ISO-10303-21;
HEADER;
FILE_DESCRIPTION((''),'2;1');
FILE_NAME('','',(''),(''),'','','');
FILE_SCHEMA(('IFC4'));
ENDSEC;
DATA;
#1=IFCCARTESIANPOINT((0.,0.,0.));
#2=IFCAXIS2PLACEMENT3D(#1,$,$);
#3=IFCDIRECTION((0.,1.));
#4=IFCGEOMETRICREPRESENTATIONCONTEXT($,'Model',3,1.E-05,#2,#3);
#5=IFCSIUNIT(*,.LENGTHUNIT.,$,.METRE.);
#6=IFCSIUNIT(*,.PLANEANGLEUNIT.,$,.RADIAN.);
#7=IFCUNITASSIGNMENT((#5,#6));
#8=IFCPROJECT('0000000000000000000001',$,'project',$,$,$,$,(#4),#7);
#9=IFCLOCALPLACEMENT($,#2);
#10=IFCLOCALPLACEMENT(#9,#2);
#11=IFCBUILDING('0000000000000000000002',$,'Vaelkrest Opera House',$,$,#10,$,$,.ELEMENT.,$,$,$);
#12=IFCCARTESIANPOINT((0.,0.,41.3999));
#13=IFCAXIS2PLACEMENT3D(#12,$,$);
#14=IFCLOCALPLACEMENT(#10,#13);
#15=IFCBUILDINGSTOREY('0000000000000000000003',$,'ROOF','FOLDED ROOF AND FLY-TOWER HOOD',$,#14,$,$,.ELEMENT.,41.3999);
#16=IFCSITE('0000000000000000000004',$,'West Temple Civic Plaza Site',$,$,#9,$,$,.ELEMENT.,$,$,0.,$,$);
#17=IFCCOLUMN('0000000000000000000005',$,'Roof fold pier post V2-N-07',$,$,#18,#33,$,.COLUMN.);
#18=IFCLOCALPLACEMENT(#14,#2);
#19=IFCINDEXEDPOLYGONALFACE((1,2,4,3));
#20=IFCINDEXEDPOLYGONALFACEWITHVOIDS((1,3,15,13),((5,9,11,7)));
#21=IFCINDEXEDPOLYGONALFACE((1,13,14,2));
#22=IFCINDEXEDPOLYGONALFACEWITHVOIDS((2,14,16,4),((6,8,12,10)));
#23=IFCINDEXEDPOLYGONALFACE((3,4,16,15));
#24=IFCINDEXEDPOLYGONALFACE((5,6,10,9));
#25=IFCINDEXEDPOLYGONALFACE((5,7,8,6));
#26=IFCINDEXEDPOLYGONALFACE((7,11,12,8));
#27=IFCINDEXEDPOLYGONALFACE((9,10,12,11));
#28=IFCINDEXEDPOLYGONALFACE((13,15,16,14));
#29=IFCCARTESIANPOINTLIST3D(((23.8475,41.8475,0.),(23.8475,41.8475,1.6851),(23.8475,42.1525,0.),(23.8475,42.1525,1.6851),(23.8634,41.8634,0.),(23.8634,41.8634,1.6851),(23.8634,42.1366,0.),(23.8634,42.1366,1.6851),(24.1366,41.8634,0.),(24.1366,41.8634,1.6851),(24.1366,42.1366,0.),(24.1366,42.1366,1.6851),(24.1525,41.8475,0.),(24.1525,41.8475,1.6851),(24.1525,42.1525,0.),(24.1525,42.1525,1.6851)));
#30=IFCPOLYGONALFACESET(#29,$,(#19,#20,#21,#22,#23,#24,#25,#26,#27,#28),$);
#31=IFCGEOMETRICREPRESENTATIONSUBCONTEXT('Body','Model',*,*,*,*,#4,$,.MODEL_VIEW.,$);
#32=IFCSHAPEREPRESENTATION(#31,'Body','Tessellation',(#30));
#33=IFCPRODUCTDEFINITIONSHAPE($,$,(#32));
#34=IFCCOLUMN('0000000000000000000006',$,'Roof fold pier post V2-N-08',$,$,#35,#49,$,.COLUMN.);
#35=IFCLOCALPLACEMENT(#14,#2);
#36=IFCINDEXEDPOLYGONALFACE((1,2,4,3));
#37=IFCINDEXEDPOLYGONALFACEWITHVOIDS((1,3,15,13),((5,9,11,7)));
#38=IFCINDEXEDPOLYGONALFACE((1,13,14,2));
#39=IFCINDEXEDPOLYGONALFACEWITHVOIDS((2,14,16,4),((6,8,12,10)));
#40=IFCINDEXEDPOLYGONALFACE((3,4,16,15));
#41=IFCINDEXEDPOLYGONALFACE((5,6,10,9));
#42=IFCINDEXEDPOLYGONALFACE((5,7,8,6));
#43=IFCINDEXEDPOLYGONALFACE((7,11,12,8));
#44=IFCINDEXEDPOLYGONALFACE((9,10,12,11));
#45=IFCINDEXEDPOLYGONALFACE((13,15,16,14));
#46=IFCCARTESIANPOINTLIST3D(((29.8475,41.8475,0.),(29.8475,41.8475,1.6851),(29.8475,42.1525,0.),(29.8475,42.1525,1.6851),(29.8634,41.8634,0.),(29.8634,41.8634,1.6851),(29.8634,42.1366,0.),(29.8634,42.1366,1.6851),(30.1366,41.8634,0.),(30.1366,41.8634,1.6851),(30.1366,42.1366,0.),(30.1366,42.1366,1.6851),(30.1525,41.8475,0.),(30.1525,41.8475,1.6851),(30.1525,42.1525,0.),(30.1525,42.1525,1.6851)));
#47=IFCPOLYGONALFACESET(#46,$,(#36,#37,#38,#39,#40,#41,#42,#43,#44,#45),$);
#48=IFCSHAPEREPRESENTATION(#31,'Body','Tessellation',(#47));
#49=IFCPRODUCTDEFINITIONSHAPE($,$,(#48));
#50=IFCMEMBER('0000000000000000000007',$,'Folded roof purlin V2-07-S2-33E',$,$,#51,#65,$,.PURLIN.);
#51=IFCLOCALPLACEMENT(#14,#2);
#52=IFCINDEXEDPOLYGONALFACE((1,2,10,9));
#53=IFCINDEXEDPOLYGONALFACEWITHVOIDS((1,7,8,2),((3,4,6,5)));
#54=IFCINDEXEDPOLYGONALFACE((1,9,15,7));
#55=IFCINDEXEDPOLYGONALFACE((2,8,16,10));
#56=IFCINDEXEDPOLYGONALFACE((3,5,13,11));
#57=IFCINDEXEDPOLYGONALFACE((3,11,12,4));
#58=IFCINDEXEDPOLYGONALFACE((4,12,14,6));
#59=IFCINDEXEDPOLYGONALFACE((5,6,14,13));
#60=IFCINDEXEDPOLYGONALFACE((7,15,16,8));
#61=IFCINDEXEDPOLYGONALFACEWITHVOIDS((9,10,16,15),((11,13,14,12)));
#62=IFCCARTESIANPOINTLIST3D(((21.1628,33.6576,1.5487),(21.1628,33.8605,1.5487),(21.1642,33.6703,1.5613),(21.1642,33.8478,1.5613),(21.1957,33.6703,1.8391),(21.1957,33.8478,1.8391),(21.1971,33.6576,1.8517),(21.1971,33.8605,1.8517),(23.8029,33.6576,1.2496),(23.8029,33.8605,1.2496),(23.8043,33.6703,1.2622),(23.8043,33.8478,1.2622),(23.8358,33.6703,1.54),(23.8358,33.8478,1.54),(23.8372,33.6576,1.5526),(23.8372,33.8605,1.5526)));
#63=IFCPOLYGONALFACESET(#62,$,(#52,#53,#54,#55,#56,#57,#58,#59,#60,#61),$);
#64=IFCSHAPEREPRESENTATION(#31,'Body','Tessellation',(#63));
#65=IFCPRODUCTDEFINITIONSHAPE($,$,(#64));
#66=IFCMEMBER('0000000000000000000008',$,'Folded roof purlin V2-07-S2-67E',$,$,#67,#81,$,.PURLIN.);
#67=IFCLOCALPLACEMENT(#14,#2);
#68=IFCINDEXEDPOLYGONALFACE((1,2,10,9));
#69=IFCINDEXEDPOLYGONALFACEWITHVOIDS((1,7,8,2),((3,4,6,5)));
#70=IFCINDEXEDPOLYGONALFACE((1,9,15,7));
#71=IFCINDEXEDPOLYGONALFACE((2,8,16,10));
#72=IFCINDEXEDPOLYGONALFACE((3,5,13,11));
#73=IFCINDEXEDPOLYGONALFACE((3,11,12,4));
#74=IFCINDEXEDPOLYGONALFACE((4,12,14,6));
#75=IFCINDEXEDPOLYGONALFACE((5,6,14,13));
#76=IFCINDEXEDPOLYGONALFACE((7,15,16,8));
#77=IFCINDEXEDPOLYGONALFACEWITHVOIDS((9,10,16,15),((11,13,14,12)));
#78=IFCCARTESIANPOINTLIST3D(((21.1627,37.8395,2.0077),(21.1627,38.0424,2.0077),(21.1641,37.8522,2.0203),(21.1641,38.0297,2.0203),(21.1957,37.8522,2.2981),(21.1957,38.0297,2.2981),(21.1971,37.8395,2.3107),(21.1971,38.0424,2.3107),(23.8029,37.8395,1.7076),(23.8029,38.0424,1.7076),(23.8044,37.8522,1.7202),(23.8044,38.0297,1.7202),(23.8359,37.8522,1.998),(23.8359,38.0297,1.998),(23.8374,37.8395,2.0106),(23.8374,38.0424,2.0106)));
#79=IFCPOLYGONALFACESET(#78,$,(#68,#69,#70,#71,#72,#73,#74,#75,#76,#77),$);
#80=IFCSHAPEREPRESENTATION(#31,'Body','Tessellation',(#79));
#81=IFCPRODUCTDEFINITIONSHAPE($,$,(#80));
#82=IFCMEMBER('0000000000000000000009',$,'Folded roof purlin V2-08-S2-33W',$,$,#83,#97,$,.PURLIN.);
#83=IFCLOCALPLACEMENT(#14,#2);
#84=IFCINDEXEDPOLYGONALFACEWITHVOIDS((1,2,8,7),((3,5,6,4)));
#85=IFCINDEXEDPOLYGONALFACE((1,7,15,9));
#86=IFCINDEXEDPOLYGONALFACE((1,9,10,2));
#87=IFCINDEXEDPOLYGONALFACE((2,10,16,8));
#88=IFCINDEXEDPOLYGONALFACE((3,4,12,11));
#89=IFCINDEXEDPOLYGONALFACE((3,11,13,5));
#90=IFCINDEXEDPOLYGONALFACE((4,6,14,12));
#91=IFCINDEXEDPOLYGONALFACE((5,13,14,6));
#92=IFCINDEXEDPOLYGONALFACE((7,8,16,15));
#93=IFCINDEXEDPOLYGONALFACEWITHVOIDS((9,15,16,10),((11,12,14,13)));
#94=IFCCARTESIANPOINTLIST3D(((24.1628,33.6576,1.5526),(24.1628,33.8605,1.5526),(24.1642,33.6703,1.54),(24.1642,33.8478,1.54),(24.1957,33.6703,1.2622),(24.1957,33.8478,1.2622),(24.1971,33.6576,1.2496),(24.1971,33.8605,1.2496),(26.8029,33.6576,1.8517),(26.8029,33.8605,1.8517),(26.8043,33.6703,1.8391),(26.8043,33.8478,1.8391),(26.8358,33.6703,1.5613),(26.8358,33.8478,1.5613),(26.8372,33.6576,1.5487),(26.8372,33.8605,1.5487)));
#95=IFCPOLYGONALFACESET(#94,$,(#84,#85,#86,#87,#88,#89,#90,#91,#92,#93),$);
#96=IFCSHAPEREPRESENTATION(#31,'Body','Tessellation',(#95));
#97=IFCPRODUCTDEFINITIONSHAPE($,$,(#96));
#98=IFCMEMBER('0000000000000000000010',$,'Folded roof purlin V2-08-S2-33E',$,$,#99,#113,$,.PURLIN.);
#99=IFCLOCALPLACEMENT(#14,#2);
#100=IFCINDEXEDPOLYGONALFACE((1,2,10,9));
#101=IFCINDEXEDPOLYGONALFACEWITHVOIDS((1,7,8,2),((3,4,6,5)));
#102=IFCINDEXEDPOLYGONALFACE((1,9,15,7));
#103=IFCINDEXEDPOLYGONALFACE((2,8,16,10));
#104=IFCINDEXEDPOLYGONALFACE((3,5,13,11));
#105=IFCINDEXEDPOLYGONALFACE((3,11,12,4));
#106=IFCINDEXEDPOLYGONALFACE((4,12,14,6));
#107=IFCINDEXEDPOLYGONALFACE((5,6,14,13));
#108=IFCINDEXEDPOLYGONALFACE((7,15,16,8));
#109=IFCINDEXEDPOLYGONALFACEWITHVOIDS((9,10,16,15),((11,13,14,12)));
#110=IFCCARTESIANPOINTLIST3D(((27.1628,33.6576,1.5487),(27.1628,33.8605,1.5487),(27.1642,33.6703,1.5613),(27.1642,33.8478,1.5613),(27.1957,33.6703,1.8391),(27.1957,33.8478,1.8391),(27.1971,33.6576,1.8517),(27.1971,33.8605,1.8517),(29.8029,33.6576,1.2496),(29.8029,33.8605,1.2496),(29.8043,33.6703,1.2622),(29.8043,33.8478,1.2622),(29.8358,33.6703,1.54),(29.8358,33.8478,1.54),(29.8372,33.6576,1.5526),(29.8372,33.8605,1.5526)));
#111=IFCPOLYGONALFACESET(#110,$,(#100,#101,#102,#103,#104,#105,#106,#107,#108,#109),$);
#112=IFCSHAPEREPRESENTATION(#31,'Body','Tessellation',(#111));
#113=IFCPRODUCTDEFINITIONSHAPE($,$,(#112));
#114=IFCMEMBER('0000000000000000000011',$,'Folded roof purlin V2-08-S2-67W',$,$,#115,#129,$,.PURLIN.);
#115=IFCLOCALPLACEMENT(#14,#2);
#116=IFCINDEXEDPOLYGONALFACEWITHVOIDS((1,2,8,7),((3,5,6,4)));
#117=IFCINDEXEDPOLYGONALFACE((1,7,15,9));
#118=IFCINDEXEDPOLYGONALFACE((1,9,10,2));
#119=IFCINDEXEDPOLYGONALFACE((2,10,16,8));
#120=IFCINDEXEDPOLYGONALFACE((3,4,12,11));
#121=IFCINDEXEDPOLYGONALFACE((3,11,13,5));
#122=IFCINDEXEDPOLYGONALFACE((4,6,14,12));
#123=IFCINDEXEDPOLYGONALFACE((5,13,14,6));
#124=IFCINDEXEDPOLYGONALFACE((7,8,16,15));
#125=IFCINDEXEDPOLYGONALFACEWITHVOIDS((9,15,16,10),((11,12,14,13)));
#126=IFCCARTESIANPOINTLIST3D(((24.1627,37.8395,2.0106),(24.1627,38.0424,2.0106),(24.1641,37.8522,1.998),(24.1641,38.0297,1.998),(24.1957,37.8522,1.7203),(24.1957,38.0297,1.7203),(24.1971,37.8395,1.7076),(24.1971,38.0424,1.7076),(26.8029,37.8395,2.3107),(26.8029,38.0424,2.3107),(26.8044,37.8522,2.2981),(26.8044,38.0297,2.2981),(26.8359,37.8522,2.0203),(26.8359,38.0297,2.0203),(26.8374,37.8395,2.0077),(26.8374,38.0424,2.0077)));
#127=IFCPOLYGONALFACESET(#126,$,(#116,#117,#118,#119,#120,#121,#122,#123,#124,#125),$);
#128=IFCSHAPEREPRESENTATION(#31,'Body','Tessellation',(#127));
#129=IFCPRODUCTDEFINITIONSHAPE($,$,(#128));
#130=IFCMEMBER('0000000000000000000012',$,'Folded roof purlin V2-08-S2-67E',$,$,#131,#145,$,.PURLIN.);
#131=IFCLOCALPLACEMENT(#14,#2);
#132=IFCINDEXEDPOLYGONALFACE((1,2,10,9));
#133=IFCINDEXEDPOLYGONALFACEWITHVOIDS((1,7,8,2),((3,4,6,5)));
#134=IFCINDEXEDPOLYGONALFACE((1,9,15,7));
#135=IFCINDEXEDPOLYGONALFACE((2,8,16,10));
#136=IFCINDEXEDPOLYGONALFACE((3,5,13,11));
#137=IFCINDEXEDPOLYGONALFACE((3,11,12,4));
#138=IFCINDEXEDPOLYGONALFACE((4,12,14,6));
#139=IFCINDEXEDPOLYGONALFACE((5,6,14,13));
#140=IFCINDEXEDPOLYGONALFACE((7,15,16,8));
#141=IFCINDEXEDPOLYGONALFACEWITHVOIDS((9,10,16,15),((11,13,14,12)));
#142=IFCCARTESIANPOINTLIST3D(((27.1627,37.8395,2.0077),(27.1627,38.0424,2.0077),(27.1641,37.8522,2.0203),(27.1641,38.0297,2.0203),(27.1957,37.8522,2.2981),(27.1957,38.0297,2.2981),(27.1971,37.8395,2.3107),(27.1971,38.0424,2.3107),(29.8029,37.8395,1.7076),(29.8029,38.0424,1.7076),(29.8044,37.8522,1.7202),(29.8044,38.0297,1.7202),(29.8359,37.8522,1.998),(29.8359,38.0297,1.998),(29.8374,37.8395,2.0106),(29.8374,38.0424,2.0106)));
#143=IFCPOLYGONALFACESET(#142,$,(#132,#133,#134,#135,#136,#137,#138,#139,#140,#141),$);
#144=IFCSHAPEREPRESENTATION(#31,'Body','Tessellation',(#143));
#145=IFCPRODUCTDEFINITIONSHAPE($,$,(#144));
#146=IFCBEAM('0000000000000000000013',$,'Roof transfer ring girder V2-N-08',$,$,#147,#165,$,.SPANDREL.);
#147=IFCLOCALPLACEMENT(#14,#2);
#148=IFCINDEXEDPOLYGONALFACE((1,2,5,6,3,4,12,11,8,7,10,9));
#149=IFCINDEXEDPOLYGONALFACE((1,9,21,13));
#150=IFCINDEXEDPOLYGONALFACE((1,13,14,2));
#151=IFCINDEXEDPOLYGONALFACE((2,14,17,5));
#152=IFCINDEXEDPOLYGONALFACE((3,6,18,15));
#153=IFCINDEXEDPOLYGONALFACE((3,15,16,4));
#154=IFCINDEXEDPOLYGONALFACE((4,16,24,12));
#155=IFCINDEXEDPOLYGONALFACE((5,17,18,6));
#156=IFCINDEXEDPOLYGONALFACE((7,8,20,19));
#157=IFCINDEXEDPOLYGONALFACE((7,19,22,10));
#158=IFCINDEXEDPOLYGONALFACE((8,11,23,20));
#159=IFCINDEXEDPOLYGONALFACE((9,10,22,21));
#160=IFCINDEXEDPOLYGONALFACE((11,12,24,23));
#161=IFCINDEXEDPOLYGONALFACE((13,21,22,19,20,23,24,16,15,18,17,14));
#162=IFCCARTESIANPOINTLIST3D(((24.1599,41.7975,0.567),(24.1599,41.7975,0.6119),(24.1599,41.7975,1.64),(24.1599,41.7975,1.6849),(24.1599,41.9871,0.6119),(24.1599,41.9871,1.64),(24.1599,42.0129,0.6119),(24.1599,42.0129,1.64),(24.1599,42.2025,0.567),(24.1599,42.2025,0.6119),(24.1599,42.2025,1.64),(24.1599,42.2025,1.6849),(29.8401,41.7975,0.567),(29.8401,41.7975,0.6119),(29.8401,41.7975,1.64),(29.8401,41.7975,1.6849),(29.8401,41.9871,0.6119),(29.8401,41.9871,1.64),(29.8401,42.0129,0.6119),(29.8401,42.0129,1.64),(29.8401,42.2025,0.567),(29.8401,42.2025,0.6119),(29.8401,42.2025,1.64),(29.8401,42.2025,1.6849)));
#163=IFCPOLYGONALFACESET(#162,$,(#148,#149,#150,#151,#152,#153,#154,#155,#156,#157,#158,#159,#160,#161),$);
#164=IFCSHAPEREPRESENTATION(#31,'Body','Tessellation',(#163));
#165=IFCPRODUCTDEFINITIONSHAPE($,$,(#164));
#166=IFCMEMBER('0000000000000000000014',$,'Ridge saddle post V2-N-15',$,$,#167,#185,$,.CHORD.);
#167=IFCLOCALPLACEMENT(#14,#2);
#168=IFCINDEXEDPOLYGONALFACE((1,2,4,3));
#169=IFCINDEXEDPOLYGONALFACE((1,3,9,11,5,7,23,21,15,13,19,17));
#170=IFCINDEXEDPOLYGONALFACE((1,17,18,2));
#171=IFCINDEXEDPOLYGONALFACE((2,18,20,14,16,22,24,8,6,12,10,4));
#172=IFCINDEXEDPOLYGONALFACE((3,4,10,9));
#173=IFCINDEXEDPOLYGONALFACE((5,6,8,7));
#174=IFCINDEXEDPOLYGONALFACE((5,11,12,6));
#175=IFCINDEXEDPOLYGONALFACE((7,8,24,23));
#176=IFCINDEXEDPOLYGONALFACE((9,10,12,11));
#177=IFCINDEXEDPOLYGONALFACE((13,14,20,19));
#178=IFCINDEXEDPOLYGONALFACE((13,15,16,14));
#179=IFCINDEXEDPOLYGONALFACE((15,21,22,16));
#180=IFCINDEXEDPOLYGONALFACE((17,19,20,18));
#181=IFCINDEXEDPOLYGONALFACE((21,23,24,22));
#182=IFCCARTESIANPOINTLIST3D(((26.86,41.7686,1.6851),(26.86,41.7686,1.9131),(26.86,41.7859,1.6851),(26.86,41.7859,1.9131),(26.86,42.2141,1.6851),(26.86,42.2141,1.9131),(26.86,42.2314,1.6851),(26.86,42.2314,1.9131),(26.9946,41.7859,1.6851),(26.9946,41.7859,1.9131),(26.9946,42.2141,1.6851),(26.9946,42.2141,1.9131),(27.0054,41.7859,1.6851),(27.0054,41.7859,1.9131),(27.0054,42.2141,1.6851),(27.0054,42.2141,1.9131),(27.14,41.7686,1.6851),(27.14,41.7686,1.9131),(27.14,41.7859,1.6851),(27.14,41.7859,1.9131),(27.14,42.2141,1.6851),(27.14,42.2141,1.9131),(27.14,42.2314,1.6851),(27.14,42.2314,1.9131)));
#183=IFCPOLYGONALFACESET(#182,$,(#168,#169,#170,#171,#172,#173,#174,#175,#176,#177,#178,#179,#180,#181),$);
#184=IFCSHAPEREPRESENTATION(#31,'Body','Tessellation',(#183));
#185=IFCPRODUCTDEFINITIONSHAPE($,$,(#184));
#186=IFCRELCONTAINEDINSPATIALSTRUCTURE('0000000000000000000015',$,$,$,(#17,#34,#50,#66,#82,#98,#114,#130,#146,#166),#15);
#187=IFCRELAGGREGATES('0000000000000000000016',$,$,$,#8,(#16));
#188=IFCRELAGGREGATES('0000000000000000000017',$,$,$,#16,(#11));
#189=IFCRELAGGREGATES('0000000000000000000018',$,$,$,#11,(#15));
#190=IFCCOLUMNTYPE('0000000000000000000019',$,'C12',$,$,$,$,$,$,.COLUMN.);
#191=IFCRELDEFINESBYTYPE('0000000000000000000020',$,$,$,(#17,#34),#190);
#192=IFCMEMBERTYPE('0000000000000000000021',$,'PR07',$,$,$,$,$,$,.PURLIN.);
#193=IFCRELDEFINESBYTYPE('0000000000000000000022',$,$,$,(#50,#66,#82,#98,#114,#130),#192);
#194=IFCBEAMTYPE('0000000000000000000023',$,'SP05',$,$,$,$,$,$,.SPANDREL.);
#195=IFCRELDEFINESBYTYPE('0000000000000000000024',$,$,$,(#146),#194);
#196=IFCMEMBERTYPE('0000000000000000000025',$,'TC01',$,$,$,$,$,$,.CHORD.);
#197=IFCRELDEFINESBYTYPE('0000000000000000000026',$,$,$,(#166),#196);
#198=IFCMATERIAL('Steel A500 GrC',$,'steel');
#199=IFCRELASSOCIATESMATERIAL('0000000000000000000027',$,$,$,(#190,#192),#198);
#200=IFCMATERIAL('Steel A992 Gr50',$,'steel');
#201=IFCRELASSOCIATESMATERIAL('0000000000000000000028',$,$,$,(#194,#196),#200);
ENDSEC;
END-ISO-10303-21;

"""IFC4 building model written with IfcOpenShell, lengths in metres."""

from ifc_helpers import new_model, si_unit, direction, frame, origin, origin_2d, place, context, subcontext, project, spatial, hollow_rectangle, i_section, extrude, material, material_profile, profile_set, type_object, element, save


model = new_model("IFC4")

# Units and contexts
model_context = context("Model", 3, precision=1e-05, world=origin(), true_north=direction((0.0, 1.0)))
body_context = subcontext(model_context, "Body", "Model", "MODEL_VIEW")
ifc_project = project(units=[si_unit("LENGTHUNIT", "METRE"), si_unit("PLANEANGLEUNIT", "RADIAN")], contexts=[model_context])

# Site, building, storey
site_placement = place(None, origin())
site = spatial("IfcSite", under=ifc_project, at=site_placement, Name="West Temple Civic Plaza Site", CompositionType="ELEMENT", RefElevation=0.0)
building_placement = place(site_placement, origin())
building = spatial("IfcBuilding", under=site, at=building_placement, Name="Vaelkrest Opera House", CompositionType="ELEMENT")
storey_placement = place(building_placement, frame((0.0, 0.0, 41.3999)))
storey = spatial("IfcBuildingStorey", under=building, at=storey_placement, Name="ROOF", Description="FOLDED ROOF AND FLY-TOWER HOOD", CompositionType="ELEMENT", Elevation=41.3999)

# Columns
ifc_material_1 = material(Name="Steel A500 GrC", Category="steel")
ifc_material_profile_1 = material_profile(ifc_material_1, hollow_rectangle(XDim=0.3049, YDim=0.3049, WallThickness=0.0159, at=origin_2d()), Name="HSS305X305X15.9")
ifc_profile_set_1 = profile_set([ifc_material_profile_1], Name="Steel A500 GrC")
column_type = type_object("IfcColumnType", Name="C12", PredefinedType="COLUMN", material=ifc_profile_set_1)
for number, where, z_axis, x_axis, name in (
    (1, (24.0, 42.0, 0.0), (0.0, 0.0, 1.0), (1.0, 0.0, 0.0), "Roof fold pier post V2-N-07"),
    (2, (30.0, 42.0, 0.0), (0.0, 0.0, 1.0), (1.0, 0.0, 0.0), "Roof fold pier post V2-N-08"),
):
    element("IfcColumn", number, at=place(storey_placement, frame(where, z_axis=z_axis, x_axis=x_axis)), inside=storey, type_object=column_type, Name=name, PredefinedType="COLUMN", context=body_context, shape_type="SweptSolid", body=[
        extrude(hollow_rectangle(XDim=0.3049, YDim=0.3049, WallThickness=0.0159, at=origin_2d()), origin(), (0.0, 0.0, 1.0), 1.6851),
    ])

# Members
ifc_material_profile_2 = material_profile(ifc_material_1, hollow_rectangle(XDim=0.2029, YDim=0.3049, WallThickness=0.0127, at=origin_2d()), Name="HSS305X203X12.7")
ifc_profile_set_2 = profile_set([ifc_material_profile_2], Name="Steel A500 GrC")
member_type_1 = type_object("IfcMemberType", Name="PR07", PredefinedType="PURLIN", material=ifc_profile_set_2)
member_1_placement = place(storey_placement, frame((21.1799, 33.759, 1.7002), z_axis=(0.993645, 0.0, -0.112559), x_axis=(0.0, 1.0, 0.0)))
element("IfcMember", 3, at=member_1_placement, inside=storey, type_object=member_type_1, Name="Folded roof purlin V2-07-S2-33E", PredefinedType="PURLIN", context=body_context, shape_type="SweptSolid", body=[
    extrude(hollow_rectangle(XDim=0.2029, YDim=0.3049, WallThickness=0.0127, at=origin_2d()), origin(), (0.0, 0.0, 1.0), 2.657),
])
member_2_placement = place(storey_placement, frame((21.1799, 37.9409, 2.1592), z_axis=(0.993604, 0.0, -0.112922), x_axis=(0.0, 1.0, 0.0)))
element("IfcMember", 4, at=member_2_placement, inside=storey, type_object=member_type_1, Name="Folded roof purlin V2-07-S2-67E", PredefinedType="PURLIN", context=body_context, shape_type="SweptSolid", body=[
    extrude(hollow_rectangle(XDim=0.2029, YDim=0.3049, WallThickness=0.0127, at=origin_2d()), origin(), (0.0, 0.0, 1.0), 2.6572),
])
for number, where, z_axis, x_axis, name in (
    (5, (24.1799, 33.759, 1.4011), (0.993645, 0.0, 0.112559), (0.0, 1.0, 0.0), "Folded roof purlin V2-08-S2-33W"),
    (6, (27.1799, 33.759, 1.7002), (0.993645, 0.0, -0.112559), (0.0, 1.0, 0.0), "Folded roof purlin V2-08-S2-33E"),
):
    element("IfcMember", number, at=place(storey_placement, frame(where, z_axis=z_axis, x_axis=x_axis)), inside=storey, type_object=member_type_1, Name=name, PredefinedType="PURLIN", context=body_context, shape_type="SweptSolid", body=[
        extrude(hollow_rectangle(XDim=0.2029, YDim=0.3049, WallThickness=0.0127, at=origin_2d()), origin(), (0.0, 0.0, 1.0), 2.657),
    ])
for number, where, z_axis, x_axis, name in (
    (7, (24.1799, 37.9409, 1.8591), (0.993604, 0.0, 0.112922), (0.0, 1.0, 0.0), "Folded roof purlin V2-08-S2-67W"),
    (8, (27.1799, 37.9409, 2.1592), (0.993604, 0.0, -0.112922), (0.0, 1.0, 0.0), "Folded roof purlin V2-08-S2-67E"),
):
    element("IfcMember", number, at=place(storey_placement, frame(where, z_axis=z_axis, x_axis=x_axis)), inside=storey, type_object=member_type_1, Name=name, PredefinedType="PURLIN", context=body_context, shape_type="SweptSolid", body=[
        extrude(hollow_rectangle(XDim=0.2029, YDim=0.3049, WallThickness=0.0127, at=origin_2d()), origin(), (0.0, 0.0, 1.0), 2.6572),
    ])

# Beam
ifc_material_2 = material(Name="Steel A992 Gr50", Category="steel")
ifc_material_profile_3 = material_profile(ifc_material_2, i_section(OverallWidth=0.405, OverallDepth=1.1179, WebThickness=0.0259, FlangeThickness=0.0449, at=origin_2d()), Name="W44X335")
ifc_profile_set_3 = profile_set([ifc_material_profile_3], Name="Steel A992 Gr50")
beam_type = type_object("IfcBeamType", Name="SP05", PredefinedType="SPANDREL", material=ifc_profile_set_3)
beam_placement = place(storey_placement, frame((24.1599, 42.0, 1.126), z_axis=(1.0, 0.0, 0.0), x_axis=(0.0, 1.0, 0.0)))
element("IfcBeam", 9, at=beam_placement, inside=storey, type_object=beam_type, Name="Roof transfer ring girder V2-N-08", PredefinedType="SPANDREL", context=body_context, shape_type="SweptSolid", body=[
    extrude(i_section(OverallWidth=0.405, OverallDepth=1.1179, WebThickness=0.0259, FlangeThickness=0.0449, at=origin_2d()), origin(), (0.0, 0.0, 1.0), 5.6802),
])

# Member
ifc_material_profile_4 = material_profile(ifc_material_2, i_section(OverallWidth=0.28, OverallDepth=0.4629, WebThickness=0.0107, FlangeThickness=0.0173, at=origin_2d()), Name="W18X76")
ifc_profile_set_4 = profile_set([ifc_material_profile_4], Name="Steel A992 Gr50")
member_type_2 = type_object("IfcMemberType", Name="TC01", PredefinedType="CHORD", material=ifc_profile_set_4)
member_3_placement = place(storey_placement, frame((27.0, 42.0, 1.6851), z_axis=(0.0, 0.0, 1.0), x_axis=(1.0, 0.0, 0.0)))
element("IfcMember", 10, at=member_3_placement, inside=storey, type_object=member_type_2, Name="Ridge saddle post V2-N-15", PredefinedType="CHORD", context=body_context, shape_type="SweptSolid", body=[
    extrude(i_section(OverallWidth=0.28, OverallDepth=0.4629, WebThickness=0.0107, FlangeThickness=0.0173, at=origin_2d()), origin(), (0.0, 0.0, 1.0), 0.228),
])

save(model, "model.ifc")
